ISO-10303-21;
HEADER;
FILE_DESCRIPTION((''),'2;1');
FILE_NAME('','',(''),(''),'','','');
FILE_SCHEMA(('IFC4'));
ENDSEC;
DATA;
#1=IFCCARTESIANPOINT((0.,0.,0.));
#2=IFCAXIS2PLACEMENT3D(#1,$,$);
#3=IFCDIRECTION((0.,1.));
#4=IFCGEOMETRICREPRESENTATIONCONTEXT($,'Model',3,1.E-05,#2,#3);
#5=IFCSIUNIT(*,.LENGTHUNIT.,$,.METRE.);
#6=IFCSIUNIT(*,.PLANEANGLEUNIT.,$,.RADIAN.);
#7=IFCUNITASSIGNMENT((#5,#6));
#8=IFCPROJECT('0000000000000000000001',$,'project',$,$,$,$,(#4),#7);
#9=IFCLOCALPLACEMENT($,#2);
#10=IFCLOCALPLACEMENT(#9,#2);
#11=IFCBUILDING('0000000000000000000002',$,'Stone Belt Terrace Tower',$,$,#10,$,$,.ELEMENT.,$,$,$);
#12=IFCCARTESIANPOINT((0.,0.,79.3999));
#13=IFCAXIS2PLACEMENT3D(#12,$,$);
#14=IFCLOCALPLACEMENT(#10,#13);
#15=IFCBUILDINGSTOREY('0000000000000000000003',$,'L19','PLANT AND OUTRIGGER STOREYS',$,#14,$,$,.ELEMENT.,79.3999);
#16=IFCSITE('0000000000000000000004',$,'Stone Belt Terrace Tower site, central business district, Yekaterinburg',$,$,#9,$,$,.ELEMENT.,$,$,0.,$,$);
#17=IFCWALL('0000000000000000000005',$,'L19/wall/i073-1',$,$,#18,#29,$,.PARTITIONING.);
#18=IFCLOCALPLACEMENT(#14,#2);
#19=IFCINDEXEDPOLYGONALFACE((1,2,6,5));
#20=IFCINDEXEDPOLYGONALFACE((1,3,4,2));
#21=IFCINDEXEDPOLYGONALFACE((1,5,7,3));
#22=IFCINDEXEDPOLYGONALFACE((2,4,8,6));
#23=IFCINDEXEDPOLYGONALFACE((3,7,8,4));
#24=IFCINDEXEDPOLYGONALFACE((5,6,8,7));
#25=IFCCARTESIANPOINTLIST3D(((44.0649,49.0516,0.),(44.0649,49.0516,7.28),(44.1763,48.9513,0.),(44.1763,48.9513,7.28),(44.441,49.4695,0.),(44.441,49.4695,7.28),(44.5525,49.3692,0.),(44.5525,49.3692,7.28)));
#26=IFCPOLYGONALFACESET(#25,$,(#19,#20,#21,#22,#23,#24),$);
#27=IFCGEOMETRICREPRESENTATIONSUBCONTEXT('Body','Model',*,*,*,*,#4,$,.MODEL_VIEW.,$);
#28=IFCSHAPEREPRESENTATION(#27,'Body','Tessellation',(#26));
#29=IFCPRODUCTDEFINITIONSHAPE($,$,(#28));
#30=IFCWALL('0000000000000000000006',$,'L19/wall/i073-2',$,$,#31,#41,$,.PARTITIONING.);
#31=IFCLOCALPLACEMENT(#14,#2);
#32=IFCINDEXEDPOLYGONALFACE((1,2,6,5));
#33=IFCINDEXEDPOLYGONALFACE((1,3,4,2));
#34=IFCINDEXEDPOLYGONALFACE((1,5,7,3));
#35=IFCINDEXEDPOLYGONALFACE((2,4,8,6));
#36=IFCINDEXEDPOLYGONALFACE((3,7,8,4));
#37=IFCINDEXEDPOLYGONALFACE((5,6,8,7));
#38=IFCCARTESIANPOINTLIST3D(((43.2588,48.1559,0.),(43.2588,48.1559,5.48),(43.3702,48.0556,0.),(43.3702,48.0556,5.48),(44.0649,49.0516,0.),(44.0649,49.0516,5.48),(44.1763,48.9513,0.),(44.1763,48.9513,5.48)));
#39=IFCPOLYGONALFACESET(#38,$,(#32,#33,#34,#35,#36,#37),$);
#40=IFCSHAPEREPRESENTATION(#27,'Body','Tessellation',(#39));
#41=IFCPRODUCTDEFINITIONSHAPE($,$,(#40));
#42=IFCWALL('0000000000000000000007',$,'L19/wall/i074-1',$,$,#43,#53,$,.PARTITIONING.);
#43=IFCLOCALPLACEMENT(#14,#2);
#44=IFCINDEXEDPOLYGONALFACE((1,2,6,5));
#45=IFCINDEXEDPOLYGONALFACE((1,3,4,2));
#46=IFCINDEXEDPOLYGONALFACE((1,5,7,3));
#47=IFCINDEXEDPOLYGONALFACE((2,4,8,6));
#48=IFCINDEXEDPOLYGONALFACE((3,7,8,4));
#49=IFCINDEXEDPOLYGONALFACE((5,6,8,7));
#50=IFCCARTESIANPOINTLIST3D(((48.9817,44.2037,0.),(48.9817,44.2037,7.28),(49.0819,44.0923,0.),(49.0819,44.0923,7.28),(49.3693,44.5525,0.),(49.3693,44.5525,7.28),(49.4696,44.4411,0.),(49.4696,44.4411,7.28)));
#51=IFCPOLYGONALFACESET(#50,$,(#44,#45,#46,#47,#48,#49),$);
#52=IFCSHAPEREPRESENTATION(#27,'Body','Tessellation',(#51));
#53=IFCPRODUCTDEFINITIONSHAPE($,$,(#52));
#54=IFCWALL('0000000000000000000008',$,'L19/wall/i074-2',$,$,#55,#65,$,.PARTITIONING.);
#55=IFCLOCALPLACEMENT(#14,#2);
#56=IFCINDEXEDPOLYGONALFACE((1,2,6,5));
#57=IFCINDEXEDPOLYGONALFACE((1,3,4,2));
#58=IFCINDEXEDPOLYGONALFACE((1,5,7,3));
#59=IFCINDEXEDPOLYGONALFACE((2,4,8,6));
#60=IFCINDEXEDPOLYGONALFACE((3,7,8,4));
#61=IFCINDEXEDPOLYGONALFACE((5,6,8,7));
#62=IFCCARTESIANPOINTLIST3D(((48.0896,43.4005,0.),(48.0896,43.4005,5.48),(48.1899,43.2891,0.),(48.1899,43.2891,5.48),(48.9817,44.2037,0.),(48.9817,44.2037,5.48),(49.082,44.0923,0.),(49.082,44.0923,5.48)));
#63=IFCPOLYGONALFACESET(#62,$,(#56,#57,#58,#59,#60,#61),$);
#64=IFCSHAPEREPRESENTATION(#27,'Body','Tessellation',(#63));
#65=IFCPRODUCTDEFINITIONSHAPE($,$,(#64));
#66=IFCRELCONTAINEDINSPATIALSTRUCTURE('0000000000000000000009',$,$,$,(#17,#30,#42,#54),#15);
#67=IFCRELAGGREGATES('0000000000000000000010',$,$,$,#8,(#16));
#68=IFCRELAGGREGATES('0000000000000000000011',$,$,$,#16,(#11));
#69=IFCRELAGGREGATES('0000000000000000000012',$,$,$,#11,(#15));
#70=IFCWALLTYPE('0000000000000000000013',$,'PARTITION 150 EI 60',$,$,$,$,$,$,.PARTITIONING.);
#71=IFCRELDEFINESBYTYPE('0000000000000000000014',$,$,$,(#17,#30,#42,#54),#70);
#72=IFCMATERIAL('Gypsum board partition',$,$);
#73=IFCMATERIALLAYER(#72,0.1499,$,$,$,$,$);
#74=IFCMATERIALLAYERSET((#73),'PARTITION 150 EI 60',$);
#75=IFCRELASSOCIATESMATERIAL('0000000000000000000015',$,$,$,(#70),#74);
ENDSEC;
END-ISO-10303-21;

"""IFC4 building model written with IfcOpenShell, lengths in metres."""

from ifc_helpers import new_model, si_unit, direction, frame, frame_2d, origin, place, context, subcontext, project, spatial, rectangle, extrude, material, layer, layer_set, type_object, element, save


model = new_model("IFC4")

# Units and contexts
model_context = context("Model", 3, precision=1e-05, world=origin(), true_north=direction((0.0, 1.0)))
body_context = subcontext(model_context, "Body", "Model", "MODEL_VIEW")
ifc_project = project(units=[si_unit("LENGTHUNIT", "METRE"), si_unit("PLANEANGLEUNIT", "RADIAN")], contexts=[model_context])

# Site, building, storey
site_placement = place(None, origin())
site = spatial("IfcSite", under=ifc_project, at=site_placement, Name="Stone Belt Terrace Tower site, central business district, Yekaterinburg", CompositionType="ELEMENT", RefElevation=0.0)
building_placement = place(site_placement, origin())
building = spatial("IfcBuilding", under=site, at=building_placement, Name="Stone Belt Terrace Tower", CompositionType="ELEMENT")
storey_placement = place(building_placement, frame((0.0, 0.0, 79.3999)))
storey = spatial("IfcBuildingStorey", under=building, at=storey_placement, Name="L19", Description="PLANT AND OUTRIGGER STOREYS", CompositionType="ELEMENT", Elevation=79.3999)

# Walls
ifc_material_1 = material(Name="Gypsum board partition")
ifc_layer_1 = layer(ifc_material_1, 0.1499)
ifc_layer_set_1 = layer_set([ifc_layer_1], Name="PARTITION 150 EI 60")
wall_type = type_object("IfcWallType", Name="PARTITION 150 EI 60", PredefinedType="PARTITIONING", material=ifc_layer_set_1)
wall_1_placement = place(storey_placement, frame((44.4968, 49.4194, 0.0), z_axis=(0.0, 0.0, 1.0), x_axis=(-0.669013, -0.743251, 0.0)))
element("IfcWall", 1, at=wall_1_placement, inside=storey, type_object=wall_type, Name="L19/wall/i073-1", PredefinedType="PARTITIONING", context=body_context, shape_type="SweptSolid", body=[
    extrude(rectangle(XDim=0.5623, YDim=0.1499, at=frame_2d((0.2812, 0.0))), origin(), (0.0, 0.0, 1.0), 7.28),
])
wall_2_placement = place(storey_placement, frame((44.1206, 49.0015, 0.0), z_axis=(0.0, 0.0, 1.0), x_axis=(-0.668954, -0.743304, 0.0)))
element("IfcWall", 2, at=wall_2_placement, inside=storey, type_object=wall_type, Name="L19/wall/i073-2", PredefinedType="PARTITIONING", context=body_context, shape_type="SweptSolid", body=[
    extrude(rectangle(XDim=1.2051, YDim=0.1499, at=frame_2d((0.6025, 0.0))), origin(), (0.0, 0.0, 1.0), 5.48),
])
wall_3_placement = place(storey_placement, frame((49.4194, 44.4968, 0.0), z_axis=(0.0, 0.0, 1.0), x_axis=(-0.743341, -0.668913, 0.0)))
element("IfcWall", 3, at=wall_3_placement, inside=storey, type_object=wall_type, Name="L19/wall/i074-1", PredefinedType="PARTITIONING", context=body_context, shape_type="SweptSolid", body=[
    extrude(rectangle(XDim=0.5215, YDim=0.1499, at=frame_2d((0.2607, 0.0))), origin(), (0.0, 0.0, 1.0), 7.28),
])
wall_4_placement = place(storey_placement, frame((49.0317, 44.1479, 0.0), z_axis=(0.0, 0.0, 1.0), x_axis=(-0.743153, -0.669122, 0.0)))
element("IfcWall", 4, at=wall_4_placement, inside=storey, type_object=wall_type, Name="L19/wall/i074-2", PredefinedType="PARTITIONING", context=body_context, shape_type="SweptSolid", body=[
    extrude(rectangle(XDim=1.2004, YDim=0.1499, at=frame_2d((0.6001, 0.0))), origin(), (0.0, 0.0, 1.0), 5.48),
])

save(model, "model.ifc")
